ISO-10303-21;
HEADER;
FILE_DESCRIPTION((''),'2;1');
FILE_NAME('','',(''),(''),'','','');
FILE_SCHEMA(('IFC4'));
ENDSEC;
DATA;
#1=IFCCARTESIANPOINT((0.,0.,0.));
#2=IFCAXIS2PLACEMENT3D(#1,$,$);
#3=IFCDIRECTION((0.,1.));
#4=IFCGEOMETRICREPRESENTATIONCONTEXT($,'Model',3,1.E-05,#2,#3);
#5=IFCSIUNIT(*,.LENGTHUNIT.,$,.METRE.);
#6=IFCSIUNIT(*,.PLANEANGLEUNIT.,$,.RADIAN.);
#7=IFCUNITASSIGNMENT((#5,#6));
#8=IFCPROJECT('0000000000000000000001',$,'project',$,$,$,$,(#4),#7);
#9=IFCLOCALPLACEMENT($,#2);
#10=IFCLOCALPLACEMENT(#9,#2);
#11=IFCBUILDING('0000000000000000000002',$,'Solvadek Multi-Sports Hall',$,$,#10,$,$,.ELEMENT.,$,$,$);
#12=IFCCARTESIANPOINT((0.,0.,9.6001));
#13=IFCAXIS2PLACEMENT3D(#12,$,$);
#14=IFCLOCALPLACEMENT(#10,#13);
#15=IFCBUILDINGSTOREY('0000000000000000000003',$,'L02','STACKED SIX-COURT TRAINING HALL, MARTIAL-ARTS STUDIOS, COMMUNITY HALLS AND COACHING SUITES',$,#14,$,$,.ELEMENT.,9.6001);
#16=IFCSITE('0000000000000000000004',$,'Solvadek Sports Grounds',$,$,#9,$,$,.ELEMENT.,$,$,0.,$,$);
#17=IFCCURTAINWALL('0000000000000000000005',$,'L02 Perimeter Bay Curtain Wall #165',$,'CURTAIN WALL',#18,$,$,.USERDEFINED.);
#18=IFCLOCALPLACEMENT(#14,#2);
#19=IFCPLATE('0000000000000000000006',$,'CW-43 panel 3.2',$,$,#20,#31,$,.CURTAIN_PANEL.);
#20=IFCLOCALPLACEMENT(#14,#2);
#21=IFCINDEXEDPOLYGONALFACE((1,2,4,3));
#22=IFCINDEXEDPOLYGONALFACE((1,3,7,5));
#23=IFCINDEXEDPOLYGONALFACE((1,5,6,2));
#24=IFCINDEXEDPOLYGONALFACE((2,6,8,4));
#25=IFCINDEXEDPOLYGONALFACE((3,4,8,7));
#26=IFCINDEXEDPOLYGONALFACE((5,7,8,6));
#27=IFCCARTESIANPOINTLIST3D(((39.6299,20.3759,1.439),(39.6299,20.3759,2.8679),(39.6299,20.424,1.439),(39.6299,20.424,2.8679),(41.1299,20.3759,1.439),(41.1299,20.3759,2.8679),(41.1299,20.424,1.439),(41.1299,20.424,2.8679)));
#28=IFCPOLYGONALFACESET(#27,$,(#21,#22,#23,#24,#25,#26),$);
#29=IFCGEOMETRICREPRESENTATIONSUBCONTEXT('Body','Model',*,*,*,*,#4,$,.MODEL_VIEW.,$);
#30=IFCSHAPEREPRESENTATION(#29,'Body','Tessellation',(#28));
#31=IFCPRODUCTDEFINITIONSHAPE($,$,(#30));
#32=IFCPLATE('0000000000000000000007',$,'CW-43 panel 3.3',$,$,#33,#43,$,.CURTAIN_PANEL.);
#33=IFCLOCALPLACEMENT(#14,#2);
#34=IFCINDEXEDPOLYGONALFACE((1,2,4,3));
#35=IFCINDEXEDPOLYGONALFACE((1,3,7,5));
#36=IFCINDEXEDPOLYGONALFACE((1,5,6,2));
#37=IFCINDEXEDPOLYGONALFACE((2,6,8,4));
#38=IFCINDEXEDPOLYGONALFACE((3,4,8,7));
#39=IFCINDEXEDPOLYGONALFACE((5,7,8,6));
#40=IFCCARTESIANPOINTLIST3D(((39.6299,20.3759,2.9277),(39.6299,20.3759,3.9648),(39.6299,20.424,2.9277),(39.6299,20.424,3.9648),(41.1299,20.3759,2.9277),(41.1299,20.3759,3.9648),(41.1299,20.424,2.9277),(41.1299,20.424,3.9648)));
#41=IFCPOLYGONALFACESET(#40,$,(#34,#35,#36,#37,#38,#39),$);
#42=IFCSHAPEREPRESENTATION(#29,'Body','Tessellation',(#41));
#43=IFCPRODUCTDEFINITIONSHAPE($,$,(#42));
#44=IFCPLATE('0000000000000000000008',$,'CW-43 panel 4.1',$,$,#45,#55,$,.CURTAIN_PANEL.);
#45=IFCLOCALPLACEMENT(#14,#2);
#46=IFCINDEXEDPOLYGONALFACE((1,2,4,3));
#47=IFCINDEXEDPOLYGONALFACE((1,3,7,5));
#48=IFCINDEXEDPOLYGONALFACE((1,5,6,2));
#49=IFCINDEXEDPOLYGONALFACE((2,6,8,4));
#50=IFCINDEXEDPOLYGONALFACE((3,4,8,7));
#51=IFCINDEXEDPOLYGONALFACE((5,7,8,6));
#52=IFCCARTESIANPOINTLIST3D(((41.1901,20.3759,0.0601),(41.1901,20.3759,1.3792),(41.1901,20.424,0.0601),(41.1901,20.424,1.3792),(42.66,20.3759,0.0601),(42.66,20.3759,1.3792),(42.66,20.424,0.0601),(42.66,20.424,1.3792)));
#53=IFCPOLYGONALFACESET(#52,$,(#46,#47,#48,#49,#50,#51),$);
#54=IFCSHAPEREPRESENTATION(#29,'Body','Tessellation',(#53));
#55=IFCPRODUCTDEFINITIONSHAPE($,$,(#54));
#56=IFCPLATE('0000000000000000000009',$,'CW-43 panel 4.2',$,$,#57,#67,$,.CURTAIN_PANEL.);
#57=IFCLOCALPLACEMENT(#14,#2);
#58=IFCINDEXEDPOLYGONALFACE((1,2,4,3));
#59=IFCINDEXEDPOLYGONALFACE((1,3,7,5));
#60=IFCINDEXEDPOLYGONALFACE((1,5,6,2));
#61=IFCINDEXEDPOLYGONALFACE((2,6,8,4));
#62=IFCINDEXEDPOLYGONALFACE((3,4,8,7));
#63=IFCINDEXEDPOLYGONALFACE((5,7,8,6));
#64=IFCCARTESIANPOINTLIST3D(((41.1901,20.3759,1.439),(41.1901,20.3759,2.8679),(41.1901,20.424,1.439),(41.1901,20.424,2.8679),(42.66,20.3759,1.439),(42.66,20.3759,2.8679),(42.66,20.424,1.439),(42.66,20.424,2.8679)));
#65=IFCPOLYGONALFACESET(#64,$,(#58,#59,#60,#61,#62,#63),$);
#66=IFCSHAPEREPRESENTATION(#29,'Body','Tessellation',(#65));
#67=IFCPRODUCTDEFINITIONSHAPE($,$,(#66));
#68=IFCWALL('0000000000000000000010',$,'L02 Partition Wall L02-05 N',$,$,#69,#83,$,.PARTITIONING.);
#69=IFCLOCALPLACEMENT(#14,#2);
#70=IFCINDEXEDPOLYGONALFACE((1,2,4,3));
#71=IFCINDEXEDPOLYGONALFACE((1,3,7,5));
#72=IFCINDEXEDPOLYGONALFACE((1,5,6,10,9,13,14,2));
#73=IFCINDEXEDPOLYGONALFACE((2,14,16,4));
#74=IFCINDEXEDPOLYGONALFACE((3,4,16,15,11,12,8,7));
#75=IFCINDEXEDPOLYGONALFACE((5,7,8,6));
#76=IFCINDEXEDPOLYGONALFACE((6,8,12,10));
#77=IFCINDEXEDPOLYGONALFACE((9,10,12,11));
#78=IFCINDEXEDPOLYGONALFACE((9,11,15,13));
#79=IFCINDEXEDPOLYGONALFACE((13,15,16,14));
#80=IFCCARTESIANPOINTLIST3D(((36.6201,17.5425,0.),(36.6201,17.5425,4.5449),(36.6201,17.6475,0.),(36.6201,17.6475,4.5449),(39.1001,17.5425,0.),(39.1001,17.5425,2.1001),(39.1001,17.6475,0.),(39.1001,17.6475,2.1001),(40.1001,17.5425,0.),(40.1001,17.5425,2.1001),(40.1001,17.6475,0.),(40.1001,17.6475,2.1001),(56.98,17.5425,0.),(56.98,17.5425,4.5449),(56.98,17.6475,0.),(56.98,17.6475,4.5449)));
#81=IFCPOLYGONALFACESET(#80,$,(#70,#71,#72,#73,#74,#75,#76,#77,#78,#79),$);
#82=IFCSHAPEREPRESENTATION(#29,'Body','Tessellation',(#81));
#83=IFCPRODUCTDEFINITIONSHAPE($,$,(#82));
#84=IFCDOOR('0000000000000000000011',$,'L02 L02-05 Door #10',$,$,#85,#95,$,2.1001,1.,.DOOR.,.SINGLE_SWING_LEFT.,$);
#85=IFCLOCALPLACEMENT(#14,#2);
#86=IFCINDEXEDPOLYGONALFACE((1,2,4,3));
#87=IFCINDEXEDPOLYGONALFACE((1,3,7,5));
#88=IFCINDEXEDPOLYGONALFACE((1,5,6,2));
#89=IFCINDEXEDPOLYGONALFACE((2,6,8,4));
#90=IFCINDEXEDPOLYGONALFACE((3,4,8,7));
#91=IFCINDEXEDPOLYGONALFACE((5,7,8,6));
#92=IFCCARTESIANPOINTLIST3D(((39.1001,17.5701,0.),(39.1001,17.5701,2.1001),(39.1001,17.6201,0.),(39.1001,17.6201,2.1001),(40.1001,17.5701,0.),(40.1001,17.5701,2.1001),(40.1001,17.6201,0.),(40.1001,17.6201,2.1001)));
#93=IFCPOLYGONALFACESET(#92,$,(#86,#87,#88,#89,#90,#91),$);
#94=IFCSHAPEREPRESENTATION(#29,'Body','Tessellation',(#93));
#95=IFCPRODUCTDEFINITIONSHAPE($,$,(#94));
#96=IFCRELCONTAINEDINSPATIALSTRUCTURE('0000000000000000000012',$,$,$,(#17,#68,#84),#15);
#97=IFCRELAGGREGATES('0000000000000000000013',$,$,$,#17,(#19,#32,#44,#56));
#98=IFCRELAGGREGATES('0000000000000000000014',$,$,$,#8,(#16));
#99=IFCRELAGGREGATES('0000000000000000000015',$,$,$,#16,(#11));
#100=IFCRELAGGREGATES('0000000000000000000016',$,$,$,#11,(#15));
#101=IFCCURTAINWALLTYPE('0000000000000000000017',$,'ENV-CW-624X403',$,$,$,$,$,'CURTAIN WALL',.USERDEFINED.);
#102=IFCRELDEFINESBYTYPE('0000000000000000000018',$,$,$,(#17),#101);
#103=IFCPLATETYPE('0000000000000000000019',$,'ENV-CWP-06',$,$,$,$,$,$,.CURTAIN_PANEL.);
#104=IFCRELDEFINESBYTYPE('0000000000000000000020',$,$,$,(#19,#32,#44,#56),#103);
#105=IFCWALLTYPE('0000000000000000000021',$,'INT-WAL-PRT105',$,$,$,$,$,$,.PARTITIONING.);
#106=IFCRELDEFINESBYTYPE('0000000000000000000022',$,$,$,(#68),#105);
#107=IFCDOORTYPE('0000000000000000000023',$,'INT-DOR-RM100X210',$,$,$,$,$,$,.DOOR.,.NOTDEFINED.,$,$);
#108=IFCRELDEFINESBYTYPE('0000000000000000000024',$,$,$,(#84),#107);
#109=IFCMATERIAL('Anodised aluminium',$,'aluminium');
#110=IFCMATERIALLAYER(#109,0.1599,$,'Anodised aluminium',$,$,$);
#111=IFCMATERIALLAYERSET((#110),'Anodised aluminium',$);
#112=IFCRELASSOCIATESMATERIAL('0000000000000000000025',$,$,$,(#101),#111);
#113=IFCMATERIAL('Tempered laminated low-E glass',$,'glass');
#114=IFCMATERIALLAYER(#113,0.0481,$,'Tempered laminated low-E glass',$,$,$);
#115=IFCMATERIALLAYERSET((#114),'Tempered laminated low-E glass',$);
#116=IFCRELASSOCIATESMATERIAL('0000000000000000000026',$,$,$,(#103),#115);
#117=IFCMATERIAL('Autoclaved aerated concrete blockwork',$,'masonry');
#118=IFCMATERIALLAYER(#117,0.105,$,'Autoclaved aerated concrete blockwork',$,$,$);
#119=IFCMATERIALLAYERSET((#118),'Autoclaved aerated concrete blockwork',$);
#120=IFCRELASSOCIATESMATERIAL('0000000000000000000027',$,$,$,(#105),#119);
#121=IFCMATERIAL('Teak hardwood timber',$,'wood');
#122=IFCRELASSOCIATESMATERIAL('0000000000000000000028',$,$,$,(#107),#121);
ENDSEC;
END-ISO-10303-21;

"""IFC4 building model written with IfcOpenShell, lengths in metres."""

from ifc_helpers import new_model, si_unit, direction, frame, frame_2d, origin, origin_2d, place, context, subcontext, project, spatial, rectangle, extrude, material, layer, layer_set, type_object, element, fill, aggregate, save


model = new_model("IFC4")

# Units and contexts
model_context = context("Model", 3, precision=1e-05, world=origin(), true_north=direction((0.0, 1.0)))
body_context = subcontext(model_context, "Body", "Model", "MODEL_VIEW")
ifc_project = project(units=[si_unit("LENGTHUNIT", "METRE"), si_unit("PLANEANGLEUNIT", "RADIAN")], contexts=[model_context])

# Site, building, storey
site_placement = place(None, origin())
site = spatial("IfcSite", under=ifc_project, at=site_placement, Name="Solvadek Sports Grounds", CompositionType="ELEMENT", RefElevation=0.0)
building_placement = place(site_placement, origin())
building = spatial("IfcBuilding", under=site, at=building_placement, Name="Solvadek Multi-Sports Hall", CompositionType="ELEMENT")
storey_placement = place(building_placement, frame((0.0, 0.0, 9.6001)))
storey = spatial("IfcBuildingStorey", under=building, at=storey_placement, Name="L02", Description="STACKED SIX-COURT TRAINING HALL, MARTIAL-ARTS STUDIOS, COMMUNITY HALLS AND COACHING SUITES", CompositionType="ELEMENT", Elevation=9.6001)

# Curtain wall, plates
ifc_material_1 = material(Name="Anodised aluminium", Category="aluminium")
ifc_layer_1 = layer(ifc_material_1, 0.1599, Name="Anodised aluminium")
ifc_layer_set_1 = layer_set([ifc_layer_1], Name="Anodised aluminium")
curtain_wall_type = type_object("IfcCurtainWallType", Name="ENV-CW-624X403", ElementType="CURTAIN WALL", PredefinedType="USERDEFINED", material=ifc_layer_set_1)
curtain_wall_placement = place(storey_placement, origin())
curtain_wall = element("IfcCurtainWall", 1, at=curtain_wall_placement, inside=storey, type_object=curtain_wall_type, Name="L02 Perimeter Bay Curtain Wall #165", ObjectType="CURTAIN WALL", PredefinedType="USERDEFINED")
ifc_material_2 = material(Name="Tempered laminated low-E glass", Category="glass")
ifc_layer_2 = layer(ifc_material_2, 0.0481, Name="Tempered laminated low-E glass")
ifc_layer_set_2 = layer_set([ifc_layer_2], Name="Tempered laminated low-E glass")
plate_type = type_object("IfcPlateType", Name="ENV-CWP-06", PredefinedType="CURTAIN_PANEL", material=ifc_layer_set_2)
plate_1_placement = place(storey_placement, frame((40.3799, 20.3999, 1.439), z_axis=(0.0, 0.0, 1.0), x_axis=(1.0, 0.0, 0.0)))
plate_1 = element("IfcPlate", 2, at=plate_1_placement, type_object=plate_type, Name="CW-43 panel 3.2", PredefinedType="CURTAIN_PANEL", context=body_context, shape_type="SweptSolid", body=[
    extrude(rectangle(XDim=1.5, YDim=0.0481, at=origin_2d()), origin(), (0.0, 0.0, 1.0), 1.429),
])
plate_2_placement = place(storey_placement, frame((40.3799, 20.3999, 2.9277), z_axis=(0.0, 0.0, 1.0), x_axis=(1.0, 0.0, 0.0)))
plate_2 = element("IfcPlate", 3, at=plate_2_placement, type_object=plate_type, Name="CW-43 panel 3.3", PredefinedType="CURTAIN_PANEL", context=body_context, shape_type="SweptSolid", body=[
    extrude(rectangle(XDim=1.5, YDim=0.0481, at=origin_2d()), origin(), (0.0, 0.0, 1.0), 1.0371),
])
plate_3_placement = place(storey_placement, frame((41.925, 20.3999, 0.0601), z_axis=(0.0, 0.0, 1.0), x_axis=(1.0, 0.0, 0.0)))
plate_3 = element("IfcPlate", 4, at=plate_3_placement, type_object=plate_type, Name="CW-43 panel 4.1", PredefinedType="CURTAIN_PANEL", context=body_context, shape_type="SweptSolid", body=[
    extrude(rectangle(XDim=1.47, YDim=0.0481, at=origin_2d()), origin(), (0.0, 0.0, 1.0), 1.3191),
])
plate_4_placement = place(storey_placement, frame((41.925, 20.3999, 1.439), z_axis=(0.0, 0.0, 1.0), x_axis=(1.0, 0.0, 0.0)))
plate_4 = element("IfcPlate", 5, at=plate_4_placement, type_object=plate_type, Name="CW-43 panel 4.2", PredefinedType="CURTAIN_PANEL", context=body_context, shape_type="SweptSolid", body=[
    extrude(rectangle(XDim=1.47, YDim=0.0481, at=origin_2d()), origin(), (0.0, 0.0, 1.0), 1.429),
])
aggregate(curtain_wall, [plate_1, plate_2, plate_3, plate_4])

# Wall, opening, door
ifc_material_3 = material(Name="Autoclaved aerated concrete blockwork", Category="masonry")
ifc_layer_3 = layer(ifc_material_3, 0.105, Name="Autoclaved aerated concrete blockwork")
ifc_layer_set_3 = layer_set([ifc_layer_3], Name="Autoclaved aerated concrete blockwork")
wall_type = type_object("IfcWallType", Name="INT-WAL-PRT105", PredefinedType="PARTITIONING", material=ifc_layer_set_3)
wall_placement = place(storey_placement, frame((36.6201, 17.595, 0.0), z_axis=(0.0, 0.0, 1.0), x_axis=(1.0, 0.0, 0.0)))
wall = element("IfcWall", 6, at=wall_placement, inside=storey, type_object=wall_type, Name="L02 Partition Wall L02-05 N", PredefinedType="PARTITIONING", context=body_context, shape_type="SweptSolid", body=[
    extrude(rectangle(XDim=20.3599, YDim=0.105, at=frame_2d((10.1799, 0.0))), origin(), (0.0, 0.0, 1.0), 4.5449),
])
opening_placement = place(wall_placement, frame((2.48, 0.0, 0.0)))
opening = element("IfcOpeningElement", 7, at=opening_placement, cuts=wall, PredefinedType="OPENING", context=body_context, shape_type="SweptSolid", body=[
    extrude(rectangle(XDim=1.0, YDim=2.1001, at=frame_2d((0.5, 1.05))), frame((0.0, 0.0625, 0.0), z_axis=(0.0, -1.0, 0.0), x_axis=(1.0, 0.0, 0.0)), (0.0, 0.0, 1.0), 0.125),
])
ifc_material_4 = material(Name="Teak hardwood timber", Category="wood")
door_type = type_object("IfcDoorType", Name="INT-DOR-RM100X210", OperationType="NOTDEFINED", PredefinedType="DOOR", material=ifc_material_4)
door_placement = place(opening_placement, frame((1.0, 0.0, 0.0), z_axis=(0.0, 0.0, 1.0), x_axis=(-1.0, 0.0, 0.0)))
door = element("IfcDoor", 8, at=door_placement, inside=storey, type_object=door_type, Name="L02 L02-05 Door #10", OperationType="SINGLE_SWING_LEFT", OverallHeight=2.1001, OverallWidth=1.0, PredefinedType="DOOR", context=body_context, shape_type="SweptSolid", body=[
    extrude(rectangle(XDim=1.0, YDim=2.1001, at=frame_2d((0.5, 1.05))), frame((0.0, 0.0249, 0.0), z_axis=(0.0, -1.0, 0.0), x_axis=(1.0, 0.0, 0.0)), (0.0, 0.0, 1.0), 0.05),
])
fill(opening, door)

save(model, "model.ifc")
